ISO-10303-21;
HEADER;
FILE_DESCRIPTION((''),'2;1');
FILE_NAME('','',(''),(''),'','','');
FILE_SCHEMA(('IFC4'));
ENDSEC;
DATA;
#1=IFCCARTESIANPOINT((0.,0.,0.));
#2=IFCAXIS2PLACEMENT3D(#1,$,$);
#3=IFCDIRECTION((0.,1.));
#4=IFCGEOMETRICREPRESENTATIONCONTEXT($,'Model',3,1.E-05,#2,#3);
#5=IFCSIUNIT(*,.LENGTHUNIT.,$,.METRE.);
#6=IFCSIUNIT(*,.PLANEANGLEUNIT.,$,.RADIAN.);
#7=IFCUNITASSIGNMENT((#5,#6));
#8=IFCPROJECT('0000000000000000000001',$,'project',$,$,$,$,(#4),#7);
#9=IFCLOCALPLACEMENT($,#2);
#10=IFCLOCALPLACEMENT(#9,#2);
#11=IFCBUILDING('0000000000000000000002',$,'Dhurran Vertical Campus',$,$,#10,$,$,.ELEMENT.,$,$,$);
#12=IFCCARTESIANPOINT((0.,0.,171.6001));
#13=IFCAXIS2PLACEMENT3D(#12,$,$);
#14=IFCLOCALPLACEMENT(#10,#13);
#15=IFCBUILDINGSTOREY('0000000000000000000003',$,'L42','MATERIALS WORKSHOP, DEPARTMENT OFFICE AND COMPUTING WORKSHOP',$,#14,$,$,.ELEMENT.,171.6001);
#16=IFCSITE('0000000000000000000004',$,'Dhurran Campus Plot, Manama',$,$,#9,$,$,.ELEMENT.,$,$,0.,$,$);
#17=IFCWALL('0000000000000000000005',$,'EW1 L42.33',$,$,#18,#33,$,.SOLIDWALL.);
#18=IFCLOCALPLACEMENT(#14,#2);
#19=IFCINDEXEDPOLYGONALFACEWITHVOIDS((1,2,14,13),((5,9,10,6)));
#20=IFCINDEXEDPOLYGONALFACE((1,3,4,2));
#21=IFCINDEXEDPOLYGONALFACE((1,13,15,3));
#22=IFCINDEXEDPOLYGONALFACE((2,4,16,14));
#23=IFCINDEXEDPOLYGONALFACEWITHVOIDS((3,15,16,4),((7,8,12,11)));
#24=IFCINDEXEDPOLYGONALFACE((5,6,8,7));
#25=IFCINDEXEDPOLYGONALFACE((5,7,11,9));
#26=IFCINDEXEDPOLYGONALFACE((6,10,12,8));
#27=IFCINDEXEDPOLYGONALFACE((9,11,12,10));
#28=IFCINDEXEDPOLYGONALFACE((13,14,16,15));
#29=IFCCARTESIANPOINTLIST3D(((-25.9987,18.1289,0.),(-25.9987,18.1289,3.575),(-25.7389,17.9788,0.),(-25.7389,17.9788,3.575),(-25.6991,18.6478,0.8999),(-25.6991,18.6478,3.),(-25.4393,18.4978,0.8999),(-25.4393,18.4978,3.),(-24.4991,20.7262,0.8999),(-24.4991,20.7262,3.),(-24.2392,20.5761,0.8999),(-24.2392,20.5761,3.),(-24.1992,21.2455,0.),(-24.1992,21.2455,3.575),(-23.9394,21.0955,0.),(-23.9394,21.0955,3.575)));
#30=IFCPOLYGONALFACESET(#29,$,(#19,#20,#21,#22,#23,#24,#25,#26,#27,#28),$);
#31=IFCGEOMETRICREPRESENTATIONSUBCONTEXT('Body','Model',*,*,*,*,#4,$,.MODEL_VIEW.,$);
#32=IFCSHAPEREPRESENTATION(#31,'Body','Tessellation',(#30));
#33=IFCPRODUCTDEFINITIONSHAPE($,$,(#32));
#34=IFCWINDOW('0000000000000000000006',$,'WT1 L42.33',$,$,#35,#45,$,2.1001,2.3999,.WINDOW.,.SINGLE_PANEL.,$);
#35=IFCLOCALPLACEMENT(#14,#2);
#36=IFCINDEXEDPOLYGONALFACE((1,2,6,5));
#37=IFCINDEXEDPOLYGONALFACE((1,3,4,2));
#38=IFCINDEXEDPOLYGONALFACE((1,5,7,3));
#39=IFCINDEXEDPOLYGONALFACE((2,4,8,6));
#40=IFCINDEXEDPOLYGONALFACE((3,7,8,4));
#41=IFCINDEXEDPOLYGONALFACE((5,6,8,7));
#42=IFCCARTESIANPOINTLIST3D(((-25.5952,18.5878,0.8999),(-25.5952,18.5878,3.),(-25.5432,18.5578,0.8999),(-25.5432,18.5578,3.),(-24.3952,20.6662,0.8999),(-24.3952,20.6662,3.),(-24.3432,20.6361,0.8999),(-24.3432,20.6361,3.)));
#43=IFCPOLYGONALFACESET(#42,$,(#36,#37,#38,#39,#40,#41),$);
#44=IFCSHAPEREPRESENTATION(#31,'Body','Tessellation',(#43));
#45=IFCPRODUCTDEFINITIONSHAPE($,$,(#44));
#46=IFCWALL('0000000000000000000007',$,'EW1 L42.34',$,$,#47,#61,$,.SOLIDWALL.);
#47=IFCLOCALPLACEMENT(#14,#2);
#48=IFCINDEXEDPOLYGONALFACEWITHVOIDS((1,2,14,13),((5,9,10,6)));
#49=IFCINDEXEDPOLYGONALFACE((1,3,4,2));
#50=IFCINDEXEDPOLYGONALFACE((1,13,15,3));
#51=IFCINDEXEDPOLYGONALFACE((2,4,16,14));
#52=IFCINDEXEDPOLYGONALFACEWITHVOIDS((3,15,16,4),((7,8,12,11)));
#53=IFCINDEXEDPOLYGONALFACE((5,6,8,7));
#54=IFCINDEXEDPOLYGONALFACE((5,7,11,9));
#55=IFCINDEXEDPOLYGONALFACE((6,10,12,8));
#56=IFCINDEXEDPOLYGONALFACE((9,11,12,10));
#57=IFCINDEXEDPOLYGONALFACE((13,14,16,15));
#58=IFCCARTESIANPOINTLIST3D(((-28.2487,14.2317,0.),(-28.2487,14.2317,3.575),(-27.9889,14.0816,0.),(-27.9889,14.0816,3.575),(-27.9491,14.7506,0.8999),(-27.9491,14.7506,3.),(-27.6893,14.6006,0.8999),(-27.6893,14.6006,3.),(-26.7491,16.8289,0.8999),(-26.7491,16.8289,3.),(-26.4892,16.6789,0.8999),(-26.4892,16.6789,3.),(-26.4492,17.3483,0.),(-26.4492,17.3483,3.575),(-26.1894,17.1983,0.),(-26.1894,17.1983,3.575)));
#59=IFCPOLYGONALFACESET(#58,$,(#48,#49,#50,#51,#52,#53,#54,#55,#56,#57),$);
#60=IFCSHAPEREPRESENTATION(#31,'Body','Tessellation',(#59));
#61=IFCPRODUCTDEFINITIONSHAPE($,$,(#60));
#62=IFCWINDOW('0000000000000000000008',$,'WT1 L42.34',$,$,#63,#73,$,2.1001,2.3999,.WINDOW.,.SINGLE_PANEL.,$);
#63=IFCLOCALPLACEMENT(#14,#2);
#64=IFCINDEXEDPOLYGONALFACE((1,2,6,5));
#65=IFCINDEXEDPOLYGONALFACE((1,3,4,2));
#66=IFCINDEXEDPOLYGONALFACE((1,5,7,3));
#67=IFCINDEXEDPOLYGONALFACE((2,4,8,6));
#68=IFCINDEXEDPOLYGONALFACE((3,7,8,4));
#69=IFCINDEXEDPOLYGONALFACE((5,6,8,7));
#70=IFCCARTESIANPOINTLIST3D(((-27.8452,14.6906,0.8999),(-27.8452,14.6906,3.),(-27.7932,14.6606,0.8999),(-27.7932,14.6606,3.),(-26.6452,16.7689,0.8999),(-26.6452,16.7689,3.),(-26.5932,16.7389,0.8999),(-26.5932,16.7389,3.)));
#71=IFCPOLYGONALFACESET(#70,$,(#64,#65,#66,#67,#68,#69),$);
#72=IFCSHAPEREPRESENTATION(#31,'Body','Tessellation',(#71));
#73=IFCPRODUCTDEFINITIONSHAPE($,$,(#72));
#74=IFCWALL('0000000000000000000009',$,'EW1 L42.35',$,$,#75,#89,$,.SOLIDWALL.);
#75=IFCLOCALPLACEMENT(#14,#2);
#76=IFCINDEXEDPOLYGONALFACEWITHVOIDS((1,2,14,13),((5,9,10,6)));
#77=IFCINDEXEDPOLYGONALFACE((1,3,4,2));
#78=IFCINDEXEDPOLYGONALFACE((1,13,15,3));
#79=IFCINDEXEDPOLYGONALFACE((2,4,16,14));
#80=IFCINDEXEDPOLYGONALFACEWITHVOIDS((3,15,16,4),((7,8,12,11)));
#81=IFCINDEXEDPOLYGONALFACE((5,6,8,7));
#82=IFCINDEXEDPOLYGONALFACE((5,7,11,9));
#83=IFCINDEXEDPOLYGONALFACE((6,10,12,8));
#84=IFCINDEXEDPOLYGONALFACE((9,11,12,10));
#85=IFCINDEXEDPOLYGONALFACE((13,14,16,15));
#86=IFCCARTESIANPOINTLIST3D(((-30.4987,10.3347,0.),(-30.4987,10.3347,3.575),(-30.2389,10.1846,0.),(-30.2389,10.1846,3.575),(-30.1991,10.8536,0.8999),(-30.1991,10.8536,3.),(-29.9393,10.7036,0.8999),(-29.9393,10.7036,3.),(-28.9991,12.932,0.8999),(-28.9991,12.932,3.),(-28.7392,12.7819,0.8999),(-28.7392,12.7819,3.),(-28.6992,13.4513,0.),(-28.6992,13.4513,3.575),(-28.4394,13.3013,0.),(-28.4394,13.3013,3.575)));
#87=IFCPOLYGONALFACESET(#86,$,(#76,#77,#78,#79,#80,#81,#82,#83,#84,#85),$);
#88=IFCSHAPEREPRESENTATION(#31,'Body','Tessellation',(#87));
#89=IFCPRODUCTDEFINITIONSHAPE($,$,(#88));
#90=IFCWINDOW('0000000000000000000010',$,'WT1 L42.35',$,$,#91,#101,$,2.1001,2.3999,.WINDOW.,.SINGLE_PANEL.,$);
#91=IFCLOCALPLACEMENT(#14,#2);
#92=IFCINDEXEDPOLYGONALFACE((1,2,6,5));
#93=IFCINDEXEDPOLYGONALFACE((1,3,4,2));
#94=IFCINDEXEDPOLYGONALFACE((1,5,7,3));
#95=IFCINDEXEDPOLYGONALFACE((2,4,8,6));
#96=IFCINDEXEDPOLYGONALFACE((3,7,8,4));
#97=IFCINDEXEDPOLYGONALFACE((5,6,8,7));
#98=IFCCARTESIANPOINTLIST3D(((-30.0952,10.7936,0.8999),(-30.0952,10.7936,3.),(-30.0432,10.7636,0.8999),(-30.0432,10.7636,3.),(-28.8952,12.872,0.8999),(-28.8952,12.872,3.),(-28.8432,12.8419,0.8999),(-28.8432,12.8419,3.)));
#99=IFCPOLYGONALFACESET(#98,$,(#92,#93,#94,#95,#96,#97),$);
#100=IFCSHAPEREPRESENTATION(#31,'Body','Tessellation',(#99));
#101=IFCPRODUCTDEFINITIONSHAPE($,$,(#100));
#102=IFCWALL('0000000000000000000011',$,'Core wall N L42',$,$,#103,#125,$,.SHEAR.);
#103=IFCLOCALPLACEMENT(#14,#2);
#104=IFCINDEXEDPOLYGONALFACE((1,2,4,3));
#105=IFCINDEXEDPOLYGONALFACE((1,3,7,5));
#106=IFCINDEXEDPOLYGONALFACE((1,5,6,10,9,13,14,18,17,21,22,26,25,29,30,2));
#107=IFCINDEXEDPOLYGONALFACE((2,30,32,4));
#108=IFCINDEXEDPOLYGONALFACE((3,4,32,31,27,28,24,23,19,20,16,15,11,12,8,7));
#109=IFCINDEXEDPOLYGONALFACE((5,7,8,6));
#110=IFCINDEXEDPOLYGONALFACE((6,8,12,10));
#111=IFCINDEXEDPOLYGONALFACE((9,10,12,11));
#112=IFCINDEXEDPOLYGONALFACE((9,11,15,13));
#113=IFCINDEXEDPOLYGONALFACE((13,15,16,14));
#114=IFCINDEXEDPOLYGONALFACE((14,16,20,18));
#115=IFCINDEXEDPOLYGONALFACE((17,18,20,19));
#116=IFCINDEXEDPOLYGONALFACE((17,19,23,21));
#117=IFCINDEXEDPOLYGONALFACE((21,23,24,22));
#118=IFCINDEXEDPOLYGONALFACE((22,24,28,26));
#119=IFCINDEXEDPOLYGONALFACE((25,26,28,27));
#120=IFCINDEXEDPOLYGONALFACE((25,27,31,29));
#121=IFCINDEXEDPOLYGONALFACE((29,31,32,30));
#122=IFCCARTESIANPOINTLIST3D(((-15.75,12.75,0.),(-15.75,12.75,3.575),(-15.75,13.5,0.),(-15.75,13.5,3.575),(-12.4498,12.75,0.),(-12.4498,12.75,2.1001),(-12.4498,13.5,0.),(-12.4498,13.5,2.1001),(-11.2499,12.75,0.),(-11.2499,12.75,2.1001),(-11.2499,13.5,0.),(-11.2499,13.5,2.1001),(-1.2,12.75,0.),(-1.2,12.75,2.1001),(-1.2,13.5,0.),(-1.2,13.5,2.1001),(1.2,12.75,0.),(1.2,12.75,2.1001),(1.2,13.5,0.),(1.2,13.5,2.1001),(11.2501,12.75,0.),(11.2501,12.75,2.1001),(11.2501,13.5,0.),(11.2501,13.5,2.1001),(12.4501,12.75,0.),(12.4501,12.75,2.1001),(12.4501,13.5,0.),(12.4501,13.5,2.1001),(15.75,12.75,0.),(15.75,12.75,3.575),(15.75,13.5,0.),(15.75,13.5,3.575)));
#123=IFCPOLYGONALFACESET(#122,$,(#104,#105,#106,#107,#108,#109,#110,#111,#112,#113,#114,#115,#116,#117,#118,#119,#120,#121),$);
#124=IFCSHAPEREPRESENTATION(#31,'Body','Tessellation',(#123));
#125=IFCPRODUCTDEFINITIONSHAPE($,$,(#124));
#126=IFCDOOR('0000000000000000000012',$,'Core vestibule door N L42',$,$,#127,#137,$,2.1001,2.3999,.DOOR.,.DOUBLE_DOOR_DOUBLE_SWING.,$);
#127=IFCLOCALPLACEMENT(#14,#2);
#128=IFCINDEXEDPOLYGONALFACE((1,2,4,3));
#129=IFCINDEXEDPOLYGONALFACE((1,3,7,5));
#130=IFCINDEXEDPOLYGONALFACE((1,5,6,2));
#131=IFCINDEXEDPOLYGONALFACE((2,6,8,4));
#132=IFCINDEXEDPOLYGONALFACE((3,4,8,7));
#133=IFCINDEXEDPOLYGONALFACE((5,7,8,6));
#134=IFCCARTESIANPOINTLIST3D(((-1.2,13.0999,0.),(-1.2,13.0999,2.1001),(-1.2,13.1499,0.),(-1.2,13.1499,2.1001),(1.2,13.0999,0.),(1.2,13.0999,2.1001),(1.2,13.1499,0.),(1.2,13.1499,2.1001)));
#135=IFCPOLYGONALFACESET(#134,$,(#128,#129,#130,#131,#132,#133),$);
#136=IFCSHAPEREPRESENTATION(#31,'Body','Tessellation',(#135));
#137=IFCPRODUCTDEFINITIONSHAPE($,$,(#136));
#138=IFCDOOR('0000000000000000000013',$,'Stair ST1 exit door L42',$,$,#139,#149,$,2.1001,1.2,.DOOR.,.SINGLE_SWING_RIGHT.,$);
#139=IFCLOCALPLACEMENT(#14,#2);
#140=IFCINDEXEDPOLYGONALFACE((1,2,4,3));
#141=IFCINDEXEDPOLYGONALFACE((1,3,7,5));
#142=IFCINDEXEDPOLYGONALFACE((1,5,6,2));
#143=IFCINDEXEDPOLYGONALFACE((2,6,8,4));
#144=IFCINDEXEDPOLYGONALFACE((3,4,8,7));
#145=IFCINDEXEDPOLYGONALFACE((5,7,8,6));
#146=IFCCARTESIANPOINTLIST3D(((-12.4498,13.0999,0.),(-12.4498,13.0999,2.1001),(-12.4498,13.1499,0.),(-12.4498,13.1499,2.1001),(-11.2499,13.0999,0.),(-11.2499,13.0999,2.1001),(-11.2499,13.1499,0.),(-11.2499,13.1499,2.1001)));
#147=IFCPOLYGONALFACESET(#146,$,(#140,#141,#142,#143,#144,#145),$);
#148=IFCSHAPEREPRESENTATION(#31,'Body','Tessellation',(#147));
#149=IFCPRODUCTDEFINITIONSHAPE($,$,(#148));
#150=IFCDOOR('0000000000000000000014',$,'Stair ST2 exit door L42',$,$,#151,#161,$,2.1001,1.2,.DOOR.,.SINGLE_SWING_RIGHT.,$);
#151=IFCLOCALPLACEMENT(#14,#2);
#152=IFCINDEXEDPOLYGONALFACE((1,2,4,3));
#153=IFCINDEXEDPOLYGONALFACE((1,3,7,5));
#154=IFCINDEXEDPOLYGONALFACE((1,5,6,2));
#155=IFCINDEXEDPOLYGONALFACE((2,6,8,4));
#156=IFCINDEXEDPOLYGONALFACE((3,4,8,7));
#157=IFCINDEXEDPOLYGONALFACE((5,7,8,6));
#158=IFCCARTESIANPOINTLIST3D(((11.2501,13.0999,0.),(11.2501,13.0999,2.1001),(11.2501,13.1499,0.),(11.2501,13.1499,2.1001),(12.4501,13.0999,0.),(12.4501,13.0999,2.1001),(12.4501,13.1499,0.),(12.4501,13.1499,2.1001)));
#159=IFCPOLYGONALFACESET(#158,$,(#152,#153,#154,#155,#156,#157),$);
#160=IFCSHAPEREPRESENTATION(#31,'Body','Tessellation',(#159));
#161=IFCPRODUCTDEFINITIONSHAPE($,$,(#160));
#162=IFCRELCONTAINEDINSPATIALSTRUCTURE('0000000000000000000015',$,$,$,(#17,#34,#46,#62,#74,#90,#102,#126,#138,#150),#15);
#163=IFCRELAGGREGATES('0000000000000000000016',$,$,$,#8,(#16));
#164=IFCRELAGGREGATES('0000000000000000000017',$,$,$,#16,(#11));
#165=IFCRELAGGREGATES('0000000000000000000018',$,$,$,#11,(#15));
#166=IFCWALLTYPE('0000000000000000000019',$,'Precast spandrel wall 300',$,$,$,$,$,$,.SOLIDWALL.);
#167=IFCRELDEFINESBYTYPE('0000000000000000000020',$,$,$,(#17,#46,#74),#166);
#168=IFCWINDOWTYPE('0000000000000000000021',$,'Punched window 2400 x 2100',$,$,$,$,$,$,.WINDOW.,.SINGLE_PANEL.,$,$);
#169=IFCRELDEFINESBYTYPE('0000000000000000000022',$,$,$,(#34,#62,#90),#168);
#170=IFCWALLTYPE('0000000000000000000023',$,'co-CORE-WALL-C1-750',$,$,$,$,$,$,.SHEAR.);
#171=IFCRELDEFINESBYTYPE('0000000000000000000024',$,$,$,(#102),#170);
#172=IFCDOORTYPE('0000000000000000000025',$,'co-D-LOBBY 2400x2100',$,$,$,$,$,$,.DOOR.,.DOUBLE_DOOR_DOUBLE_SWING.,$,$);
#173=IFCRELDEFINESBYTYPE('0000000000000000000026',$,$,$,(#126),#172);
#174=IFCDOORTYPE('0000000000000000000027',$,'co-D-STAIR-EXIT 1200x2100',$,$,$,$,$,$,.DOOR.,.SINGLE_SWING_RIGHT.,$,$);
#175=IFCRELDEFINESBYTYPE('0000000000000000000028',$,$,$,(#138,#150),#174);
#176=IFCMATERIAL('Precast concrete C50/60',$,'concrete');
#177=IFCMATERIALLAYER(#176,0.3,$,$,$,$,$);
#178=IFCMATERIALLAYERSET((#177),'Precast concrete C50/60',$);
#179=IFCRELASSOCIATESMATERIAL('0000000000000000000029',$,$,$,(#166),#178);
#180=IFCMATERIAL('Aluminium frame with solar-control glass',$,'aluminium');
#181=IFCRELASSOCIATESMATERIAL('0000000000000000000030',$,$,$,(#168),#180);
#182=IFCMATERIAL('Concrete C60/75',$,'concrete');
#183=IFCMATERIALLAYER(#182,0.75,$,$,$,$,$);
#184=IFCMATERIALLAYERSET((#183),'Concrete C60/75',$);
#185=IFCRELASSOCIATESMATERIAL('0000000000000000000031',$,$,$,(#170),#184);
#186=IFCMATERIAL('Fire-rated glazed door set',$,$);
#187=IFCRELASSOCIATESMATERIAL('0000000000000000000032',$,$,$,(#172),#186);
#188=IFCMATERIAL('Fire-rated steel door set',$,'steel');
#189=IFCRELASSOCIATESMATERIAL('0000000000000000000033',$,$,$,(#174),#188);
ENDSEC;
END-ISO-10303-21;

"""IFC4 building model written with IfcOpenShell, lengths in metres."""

from ifc_helpers import new_model, si_unit, direction, frame, frame_2d, origin, place, context, subcontext, project, spatial, rectangle, extrude, material, layer, layer_set, type_object, element, fill, save


model = new_model("IFC4")

# Units and contexts
model_context = context("Model", 3, precision=1e-05, world=origin(), true_north=direction((0.0, 1.0)))
body_context = subcontext(model_context, "Body", "Model", "MODEL_VIEW")
ifc_project = project(units=[si_unit("LENGTHUNIT", "METRE"), si_unit("PLANEANGLEUNIT", "RADIAN")], contexts=[model_context])

# Site, building, storey
site_placement = place(None, origin())
site = spatial("IfcSite", under=ifc_project, at=site_placement, Name="Dhurran Campus Plot, Manama", CompositionType="ELEMENT", RefElevation=0.0)
building_placement = place(site_placement, origin())
building = spatial("IfcBuilding", under=site, at=building_placement, Name="Dhurran Vertical Campus", CompositionType="ELEMENT")
storey_placement = place(building_placement, frame((0.0, 0.0, 171.6001)))
storey = spatial("IfcBuildingStorey", under=building, at=storey_placement, Name="L42", Description="MATERIALS WORKSHOP, DEPARTMENT OFFICE AND COMPUTING WORKSHOP", CompositionType="ELEMENT", Elevation=171.6001)

# Walls, openings, windows
ifc_material_1 = material(Name="Precast concrete C50/60", Category="concrete")
ifc_layer_1 = layer(ifc_material_1, 0.3)
ifc_layer_set_1 = layer_set([ifc_layer_1], Name="Precast concrete C50/60")
wall_type_1 = type_object("IfcWallType", Name="Precast spandrel wall 300", PredefinedType="SOLIDWALL", material=ifc_layer_set_1)
ifc_material_2 = material(Name="Aluminium frame with solar-control glass", Category="aluminium")
window_type = type_object("IfcWindowType", Name="Punched window 2400 x 2100", PartitioningType="SINGLE_PANEL", PredefinedType="WINDOW", material=ifc_material_2)
wall_1_placement = place(storey_placement, frame((-24.0693, 21.1704, 0.0), z_axis=(0.0, 0.0, 1.0), x_axis=(-0.500028, -0.866009, 0.0)))
wall_1 = element("IfcWall", 1, at=wall_1_placement, inside=storey, type_object=wall_type_1, Name="EW1 L42.33", PredefinedType="SOLIDWALL", context=body_context, shape_type="SweptSolid", body=[
    extrude(rectangle(XDim=3.5989, YDim=0.3, at=frame_2d((1.7993, 0.0))), origin(), (0.0, 0.0, 1.0), 3.575),
])
opening_1_placement = place(wall_1_placement, frame((0.5996, 0.0, 0.8999)))
opening_1 = element("IfcOpeningElement", 2, at=opening_1_placement, cuts=wall_1, PredefinedType="OPENING", context=body_context, shape_type="SweptSolid", body=[
    extrude(rectangle(XDim=2.3999, YDim=2.1001, at=frame_2d((1.2, 1.05))), frame((0.0, 0.1599, 0.0), z_axis=(0.0, -1.0, 0.0), x_axis=(1.0, 0.0, 0.0)), (0.0, 0.0, 1.0), 0.3201),
])
window_1_placement = place(opening_1_placement, origin())
window_1 = element("IfcWindow", 3, at=window_1_placement, inside=storey, type_object=window_type, Name="WT1 L42.33", OverallHeight=2.1001, OverallWidth=2.3999, PartitioningType="SINGLE_PANEL", PredefinedType="WINDOW", context=body_context, shape_type="SweptSolid", body=[
    extrude(rectangle(XDim=2.3999, YDim=2.1001, at=frame_2d((1.2, 1.05))), frame((0.0, 0.03, 0.0), z_axis=(0.0, -1.0, 0.0), x_axis=(1.0, 0.0, 0.0)), (0.0, 0.0, 1.0), 0.0601),
])
fill(opening_1, window_1)
wall_2_placement = place(storey_placement, frame((-26.3193, 17.2732, 0.0), z_axis=(0.0, 0.0, 1.0), x_axis=(-0.500028, -0.866009, 0.0)))
wall_2 = element("IfcWall", 4, at=wall_2_placement, inside=storey, type_object=wall_type_1, Name="EW1 L42.34", PredefinedType="SOLIDWALL", context=body_context, shape_type="SweptSolid", body=[
    extrude(rectangle(XDim=3.5989, YDim=0.3, at=frame_2d((1.7993, 0.0))), origin(), (0.0, 0.0, 1.0), 3.575),
])
opening_2_placement = place(wall_2_placement, frame((0.5996, 0.0, 0.8999)))
opening_2 = element("IfcOpeningElement", 5, at=opening_2_placement, cuts=wall_2, PredefinedType="OPENING", context=body_context, shape_type="SweptSolid", body=[
    extrude(rectangle(XDim=2.3999, YDim=2.1001, at=frame_2d((1.2, 1.05))), frame((0.0, 0.1599, 0.0), z_axis=(0.0, -1.0, 0.0), x_axis=(1.0, 0.0, 0.0)), (0.0, 0.0, 1.0), 0.3201),
])
window_2_placement = place(opening_2_placement, origin())
window_2 = element("IfcWindow", 6, at=window_2_placement, inside=storey, type_object=window_type, Name="WT1 L42.34", OverallHeight=2.1001, OverallWidth=2.3999, PartitioningType="SINGLE_PANEL", PredefinedType="WINDOW", context=body_context, shape_type="SweptSolid", body=[
    extrude(rectangle(XDim=2.3999, YDim=2.1001, at=frame_2d((1.2, 1.05))), frame((0.0, 0.03, 0.0), z_axis=(0.0, -1.0, 0.0), x_axis=(1.0, 0.0, 0.0)), (0.0, 0.0, 1.0), 0.0601),
])
fill(opening_2, window_2)
wall_3_placement = place(storey_placement, frame((-28.5693, 13.3762, 0.0), z_axis=(0.0, 0.0, 1.0), x_axis=(-0.500028, -0.866009, 0.0)))
wall_3 = element("IfcWall", 7, at=wall_3_placement, inside=storey, type_object=wall_type_1, Name="EW1 L42.35", PredefinedType="SOLIDWALL", context=body_context, shape_type="SweptSolid", body=[
    extrude(rectangle(XDim=3.5989, YDim=0.3, at=frame_2d((1.7993, 0.0))), origin(), (0.0, 0.0, 1.0), 3.575),
])
opening_3_placement = place(wall_3_placement, frame((0.5996, 0.0, 0.8999)))
opening_3 = element("IfcOpeningElement", 8, at=opening_3_placement, cuts=wall_3, PredefinedType="OPENING", context=body_context, shape_type="SweptSolid", body=[
    extrude(rectangle(XDim=2.3999, YDim=2.1001, at=frame_2d((1.2, 1.05))), frame((0.0, 0.1599, 0.0), z_axis=(0.0, -1.0, 0.0), x_axis=(1.0, 0.0, 0.0)), (0.0, 0.0, 1.0), 0.3201),
])
window_3_placement = place(opening_3_placement, origin())
window_3 = element("IfcWindow", 9, at=window_3_placement, inside=storey, type_object=window_type, Name="WT1 L42.35", OverallHeight=2.1001, OverallWidth=2.3999, PartitioningType="SINGLE_PANEL", PredefinedType="WINDOW", context=body_context, shape_type="SweptSolid", body=[
    extrude(rectangle(XDim=2.3999, YDim=2.1001, at=frame_2d((1.2, 1.05))), frame((0.0, 0.03, 0.0), z_axis=(0.0, -1.0, 0.0), x_axis=(1.0, 0.0, 0.0)), (0.0, 0.0, 1.0), 0.0601),
])
fill(opening_3, window_3)

# Wall, openings, doors
ifc_material_3 = material(Name="Concrete C60/75", Category="concrete")
ifc_layer_2 = layer(ifc_material_3, 0.75)
ifc_layer_set_2 = layer_set([ifc_layer_2], Name="Concrete C60/75")
wall_type_2 = type_object("IfcWallType", Name="co-CORE-WALL-C1-750", PredefinedType="SHEAR", material=ifc_layer_set_2)
wall_4_placement = place(storey_placement, frame((-15.75, 13.125, 0.0), z_axis=(0.0, 0.0, 1.0), x_axis=(1.0, 0.0, 0.0)))
wall_4 = element("IfcWall", 10, at=wall_4_placement, inside=storey, type_object=wall_type_2, Name="Core wall N L42", PredefinedType="SHEAR", context=body_context, shape_type="SweptSolid", body=[
    extrude(rectangle(XDim=31.5, YDim=0.75, at=frame_2d((15.75, 0.0))), origin(), (0.0, 0.0, 1.0), 3.575),
])
opening_4_placement = place(wall_4_placement, frame((14.55, 0.0, 0.0)))
opening_4 = element("IfcOpeningElement", 11, at=opening_4_placement, cuts=wall_4, PredefinedType="OPENING", context=body_context, shape_type="SweptSolid", body=[
    extrude(rectangle(XDim=2.3999, YDim=2.1001, at=frame_2d((1.2, 1.05))), frame((0.0, 0.385, 0.0), z_axis=(0.0, -1.0, 0.0), x_axis=(1.0, 0.0, 0.0)), (0.0, 0.0, 1.0), 0.77),
])
opening_5_placement = place(wall_4_placement, frame((3.3, 0.0, 0.0)))
opening_5 = element("IfcOpeningElement", 12, at=opening_5_placement, cuts=wall_4, PredefinedType="OPENING", context=body_context, shape_type="SweptSolid", body=[
    extrude(rectangle(XDim=1.2, YDim=2.1001, at=frame_2d((0.6001, 1.05))), frame((0.0, 0.385, 0.0), z_axis=(0.0, -1.0, 0.0), x_axis=(1.0, 0.0, 0.0)), (0.0, 0.0, 1.0), 0.77),
])
opening_6_placement = place(wall_4_placement, frame((27.0, 0.0, 0.0)))
opening_6 = element("IfcOpeningElement", 13, at=opening_6_placement, cuts=wall_4, PredefinedType="OPENING", context=body_context, shape_type="SweptSolid", body=[
    extrude(rectangle(XDim=1.2, YDim=2.1001, at=frame_2d((0.6001, 1.05))), frame((0.0, 0.385, 0.0), z_axis=(0.0, -1.0, 0.0), x_axis=(1.0, 0.0, 0.0)), (0.0, 0.0, 1.0), 0.77),
])
ifc_material_4 = material(Name="Fire-rated glazed door set")
door_type_1 = type_object("IfcDoorType", Name="co-D-LOBBY 2400x2100", OperationType="DOUBLE_DOOR_DOUBLE_SWING", PredefinedType="DOOR", material=ifc_material_4)
door_1_placement = place(opening_4_placement, origin())
door_1 = element("IfcDoor", 14, at=door_1_placement, inside=storey, type_object=door_type_1, Name="Core vestibule door N L42", OperationType="DOUBLE_DOOR_DOUBLE_SWING", OverallHeight=2.1001, OverallWidth=2.3999, PredefinedType="DOOR", context=body_context, shape_type="SweptSolid", body=[
    extrude(rectangle(XDim=2.3999, YDim=2.1001, at=frame_2d((1.2, 1.05))), frame((0.0, 0.0249, 0.0), z_axis=(0.0, -1.0, 0.0), x_axis=(1.0, 0.0, 0.0)), (0.0, 0.0, 1.0), 0.05),
])
fill(opening_4, door_1)
ifc_material_5 = material(Name="Fire-rated steel door set", Category="steel")
door_type_2 = type_object("IfcDoorType", Name="co-D-STAIR-EXIT 1200x2100", OperationType="SINGLE_SWING_RIGHT", PredefinedType="DOOR", material=ifc_material_5)
door_2_placement = place(opening_5_placement, origin())
door_2 = element("IfcDoor", 15, at=door_2_placement, inside=storey, type_object=door_type_2, Name="Stair ST1 exit door L42", OperationType="SINGLE_SWING_RIGHT", OverallHeight=2.1001, OverallWidth=1.2, PredefinedType="DOOR", context=body_context, shape_type="SweptSolid", body=[
    extrude(rectangle(XDim=1.2, YDim=2.1001, at=frame_2d((0.6001, 1.05))), frame((0.0, 0.0249, 0.0), z_axis=(0.0, -1.0, 0.0), x_axis=(1.0, 0.0, 0.0)), (0.0, 0.0, 1.0), 0.05),
])
fill(opening_5, door_2)
door_3_placement = place(opening_6_placement, origin())
door_3 = element("IfcDoor", 16, at=door_3_placement, inside=storey, type_object=door_type_2, Name="Stair ST2 exit door L42", OperationType="SINGLE_SWING_RIGHT", OverallHeight=2.1001, OverallWidth=1.2, PredefinedType="DOOR", context=body_context, shape_type="SweptSolid", body=[
    extrude(rectangle(XDim=1.2, YDim=2.1001, at=frame_2d((0.6001, 1.05))), frame((0.0, 0.0249, 0.0), z_axis=(0.0, -1.0, 0.0), x_axis=(1.0, 0.0, 0.0)), (0.0, 0.0, 1.0), 0.05),
])
fill(opening_6, door_3)

save(model, "model.ifc")
